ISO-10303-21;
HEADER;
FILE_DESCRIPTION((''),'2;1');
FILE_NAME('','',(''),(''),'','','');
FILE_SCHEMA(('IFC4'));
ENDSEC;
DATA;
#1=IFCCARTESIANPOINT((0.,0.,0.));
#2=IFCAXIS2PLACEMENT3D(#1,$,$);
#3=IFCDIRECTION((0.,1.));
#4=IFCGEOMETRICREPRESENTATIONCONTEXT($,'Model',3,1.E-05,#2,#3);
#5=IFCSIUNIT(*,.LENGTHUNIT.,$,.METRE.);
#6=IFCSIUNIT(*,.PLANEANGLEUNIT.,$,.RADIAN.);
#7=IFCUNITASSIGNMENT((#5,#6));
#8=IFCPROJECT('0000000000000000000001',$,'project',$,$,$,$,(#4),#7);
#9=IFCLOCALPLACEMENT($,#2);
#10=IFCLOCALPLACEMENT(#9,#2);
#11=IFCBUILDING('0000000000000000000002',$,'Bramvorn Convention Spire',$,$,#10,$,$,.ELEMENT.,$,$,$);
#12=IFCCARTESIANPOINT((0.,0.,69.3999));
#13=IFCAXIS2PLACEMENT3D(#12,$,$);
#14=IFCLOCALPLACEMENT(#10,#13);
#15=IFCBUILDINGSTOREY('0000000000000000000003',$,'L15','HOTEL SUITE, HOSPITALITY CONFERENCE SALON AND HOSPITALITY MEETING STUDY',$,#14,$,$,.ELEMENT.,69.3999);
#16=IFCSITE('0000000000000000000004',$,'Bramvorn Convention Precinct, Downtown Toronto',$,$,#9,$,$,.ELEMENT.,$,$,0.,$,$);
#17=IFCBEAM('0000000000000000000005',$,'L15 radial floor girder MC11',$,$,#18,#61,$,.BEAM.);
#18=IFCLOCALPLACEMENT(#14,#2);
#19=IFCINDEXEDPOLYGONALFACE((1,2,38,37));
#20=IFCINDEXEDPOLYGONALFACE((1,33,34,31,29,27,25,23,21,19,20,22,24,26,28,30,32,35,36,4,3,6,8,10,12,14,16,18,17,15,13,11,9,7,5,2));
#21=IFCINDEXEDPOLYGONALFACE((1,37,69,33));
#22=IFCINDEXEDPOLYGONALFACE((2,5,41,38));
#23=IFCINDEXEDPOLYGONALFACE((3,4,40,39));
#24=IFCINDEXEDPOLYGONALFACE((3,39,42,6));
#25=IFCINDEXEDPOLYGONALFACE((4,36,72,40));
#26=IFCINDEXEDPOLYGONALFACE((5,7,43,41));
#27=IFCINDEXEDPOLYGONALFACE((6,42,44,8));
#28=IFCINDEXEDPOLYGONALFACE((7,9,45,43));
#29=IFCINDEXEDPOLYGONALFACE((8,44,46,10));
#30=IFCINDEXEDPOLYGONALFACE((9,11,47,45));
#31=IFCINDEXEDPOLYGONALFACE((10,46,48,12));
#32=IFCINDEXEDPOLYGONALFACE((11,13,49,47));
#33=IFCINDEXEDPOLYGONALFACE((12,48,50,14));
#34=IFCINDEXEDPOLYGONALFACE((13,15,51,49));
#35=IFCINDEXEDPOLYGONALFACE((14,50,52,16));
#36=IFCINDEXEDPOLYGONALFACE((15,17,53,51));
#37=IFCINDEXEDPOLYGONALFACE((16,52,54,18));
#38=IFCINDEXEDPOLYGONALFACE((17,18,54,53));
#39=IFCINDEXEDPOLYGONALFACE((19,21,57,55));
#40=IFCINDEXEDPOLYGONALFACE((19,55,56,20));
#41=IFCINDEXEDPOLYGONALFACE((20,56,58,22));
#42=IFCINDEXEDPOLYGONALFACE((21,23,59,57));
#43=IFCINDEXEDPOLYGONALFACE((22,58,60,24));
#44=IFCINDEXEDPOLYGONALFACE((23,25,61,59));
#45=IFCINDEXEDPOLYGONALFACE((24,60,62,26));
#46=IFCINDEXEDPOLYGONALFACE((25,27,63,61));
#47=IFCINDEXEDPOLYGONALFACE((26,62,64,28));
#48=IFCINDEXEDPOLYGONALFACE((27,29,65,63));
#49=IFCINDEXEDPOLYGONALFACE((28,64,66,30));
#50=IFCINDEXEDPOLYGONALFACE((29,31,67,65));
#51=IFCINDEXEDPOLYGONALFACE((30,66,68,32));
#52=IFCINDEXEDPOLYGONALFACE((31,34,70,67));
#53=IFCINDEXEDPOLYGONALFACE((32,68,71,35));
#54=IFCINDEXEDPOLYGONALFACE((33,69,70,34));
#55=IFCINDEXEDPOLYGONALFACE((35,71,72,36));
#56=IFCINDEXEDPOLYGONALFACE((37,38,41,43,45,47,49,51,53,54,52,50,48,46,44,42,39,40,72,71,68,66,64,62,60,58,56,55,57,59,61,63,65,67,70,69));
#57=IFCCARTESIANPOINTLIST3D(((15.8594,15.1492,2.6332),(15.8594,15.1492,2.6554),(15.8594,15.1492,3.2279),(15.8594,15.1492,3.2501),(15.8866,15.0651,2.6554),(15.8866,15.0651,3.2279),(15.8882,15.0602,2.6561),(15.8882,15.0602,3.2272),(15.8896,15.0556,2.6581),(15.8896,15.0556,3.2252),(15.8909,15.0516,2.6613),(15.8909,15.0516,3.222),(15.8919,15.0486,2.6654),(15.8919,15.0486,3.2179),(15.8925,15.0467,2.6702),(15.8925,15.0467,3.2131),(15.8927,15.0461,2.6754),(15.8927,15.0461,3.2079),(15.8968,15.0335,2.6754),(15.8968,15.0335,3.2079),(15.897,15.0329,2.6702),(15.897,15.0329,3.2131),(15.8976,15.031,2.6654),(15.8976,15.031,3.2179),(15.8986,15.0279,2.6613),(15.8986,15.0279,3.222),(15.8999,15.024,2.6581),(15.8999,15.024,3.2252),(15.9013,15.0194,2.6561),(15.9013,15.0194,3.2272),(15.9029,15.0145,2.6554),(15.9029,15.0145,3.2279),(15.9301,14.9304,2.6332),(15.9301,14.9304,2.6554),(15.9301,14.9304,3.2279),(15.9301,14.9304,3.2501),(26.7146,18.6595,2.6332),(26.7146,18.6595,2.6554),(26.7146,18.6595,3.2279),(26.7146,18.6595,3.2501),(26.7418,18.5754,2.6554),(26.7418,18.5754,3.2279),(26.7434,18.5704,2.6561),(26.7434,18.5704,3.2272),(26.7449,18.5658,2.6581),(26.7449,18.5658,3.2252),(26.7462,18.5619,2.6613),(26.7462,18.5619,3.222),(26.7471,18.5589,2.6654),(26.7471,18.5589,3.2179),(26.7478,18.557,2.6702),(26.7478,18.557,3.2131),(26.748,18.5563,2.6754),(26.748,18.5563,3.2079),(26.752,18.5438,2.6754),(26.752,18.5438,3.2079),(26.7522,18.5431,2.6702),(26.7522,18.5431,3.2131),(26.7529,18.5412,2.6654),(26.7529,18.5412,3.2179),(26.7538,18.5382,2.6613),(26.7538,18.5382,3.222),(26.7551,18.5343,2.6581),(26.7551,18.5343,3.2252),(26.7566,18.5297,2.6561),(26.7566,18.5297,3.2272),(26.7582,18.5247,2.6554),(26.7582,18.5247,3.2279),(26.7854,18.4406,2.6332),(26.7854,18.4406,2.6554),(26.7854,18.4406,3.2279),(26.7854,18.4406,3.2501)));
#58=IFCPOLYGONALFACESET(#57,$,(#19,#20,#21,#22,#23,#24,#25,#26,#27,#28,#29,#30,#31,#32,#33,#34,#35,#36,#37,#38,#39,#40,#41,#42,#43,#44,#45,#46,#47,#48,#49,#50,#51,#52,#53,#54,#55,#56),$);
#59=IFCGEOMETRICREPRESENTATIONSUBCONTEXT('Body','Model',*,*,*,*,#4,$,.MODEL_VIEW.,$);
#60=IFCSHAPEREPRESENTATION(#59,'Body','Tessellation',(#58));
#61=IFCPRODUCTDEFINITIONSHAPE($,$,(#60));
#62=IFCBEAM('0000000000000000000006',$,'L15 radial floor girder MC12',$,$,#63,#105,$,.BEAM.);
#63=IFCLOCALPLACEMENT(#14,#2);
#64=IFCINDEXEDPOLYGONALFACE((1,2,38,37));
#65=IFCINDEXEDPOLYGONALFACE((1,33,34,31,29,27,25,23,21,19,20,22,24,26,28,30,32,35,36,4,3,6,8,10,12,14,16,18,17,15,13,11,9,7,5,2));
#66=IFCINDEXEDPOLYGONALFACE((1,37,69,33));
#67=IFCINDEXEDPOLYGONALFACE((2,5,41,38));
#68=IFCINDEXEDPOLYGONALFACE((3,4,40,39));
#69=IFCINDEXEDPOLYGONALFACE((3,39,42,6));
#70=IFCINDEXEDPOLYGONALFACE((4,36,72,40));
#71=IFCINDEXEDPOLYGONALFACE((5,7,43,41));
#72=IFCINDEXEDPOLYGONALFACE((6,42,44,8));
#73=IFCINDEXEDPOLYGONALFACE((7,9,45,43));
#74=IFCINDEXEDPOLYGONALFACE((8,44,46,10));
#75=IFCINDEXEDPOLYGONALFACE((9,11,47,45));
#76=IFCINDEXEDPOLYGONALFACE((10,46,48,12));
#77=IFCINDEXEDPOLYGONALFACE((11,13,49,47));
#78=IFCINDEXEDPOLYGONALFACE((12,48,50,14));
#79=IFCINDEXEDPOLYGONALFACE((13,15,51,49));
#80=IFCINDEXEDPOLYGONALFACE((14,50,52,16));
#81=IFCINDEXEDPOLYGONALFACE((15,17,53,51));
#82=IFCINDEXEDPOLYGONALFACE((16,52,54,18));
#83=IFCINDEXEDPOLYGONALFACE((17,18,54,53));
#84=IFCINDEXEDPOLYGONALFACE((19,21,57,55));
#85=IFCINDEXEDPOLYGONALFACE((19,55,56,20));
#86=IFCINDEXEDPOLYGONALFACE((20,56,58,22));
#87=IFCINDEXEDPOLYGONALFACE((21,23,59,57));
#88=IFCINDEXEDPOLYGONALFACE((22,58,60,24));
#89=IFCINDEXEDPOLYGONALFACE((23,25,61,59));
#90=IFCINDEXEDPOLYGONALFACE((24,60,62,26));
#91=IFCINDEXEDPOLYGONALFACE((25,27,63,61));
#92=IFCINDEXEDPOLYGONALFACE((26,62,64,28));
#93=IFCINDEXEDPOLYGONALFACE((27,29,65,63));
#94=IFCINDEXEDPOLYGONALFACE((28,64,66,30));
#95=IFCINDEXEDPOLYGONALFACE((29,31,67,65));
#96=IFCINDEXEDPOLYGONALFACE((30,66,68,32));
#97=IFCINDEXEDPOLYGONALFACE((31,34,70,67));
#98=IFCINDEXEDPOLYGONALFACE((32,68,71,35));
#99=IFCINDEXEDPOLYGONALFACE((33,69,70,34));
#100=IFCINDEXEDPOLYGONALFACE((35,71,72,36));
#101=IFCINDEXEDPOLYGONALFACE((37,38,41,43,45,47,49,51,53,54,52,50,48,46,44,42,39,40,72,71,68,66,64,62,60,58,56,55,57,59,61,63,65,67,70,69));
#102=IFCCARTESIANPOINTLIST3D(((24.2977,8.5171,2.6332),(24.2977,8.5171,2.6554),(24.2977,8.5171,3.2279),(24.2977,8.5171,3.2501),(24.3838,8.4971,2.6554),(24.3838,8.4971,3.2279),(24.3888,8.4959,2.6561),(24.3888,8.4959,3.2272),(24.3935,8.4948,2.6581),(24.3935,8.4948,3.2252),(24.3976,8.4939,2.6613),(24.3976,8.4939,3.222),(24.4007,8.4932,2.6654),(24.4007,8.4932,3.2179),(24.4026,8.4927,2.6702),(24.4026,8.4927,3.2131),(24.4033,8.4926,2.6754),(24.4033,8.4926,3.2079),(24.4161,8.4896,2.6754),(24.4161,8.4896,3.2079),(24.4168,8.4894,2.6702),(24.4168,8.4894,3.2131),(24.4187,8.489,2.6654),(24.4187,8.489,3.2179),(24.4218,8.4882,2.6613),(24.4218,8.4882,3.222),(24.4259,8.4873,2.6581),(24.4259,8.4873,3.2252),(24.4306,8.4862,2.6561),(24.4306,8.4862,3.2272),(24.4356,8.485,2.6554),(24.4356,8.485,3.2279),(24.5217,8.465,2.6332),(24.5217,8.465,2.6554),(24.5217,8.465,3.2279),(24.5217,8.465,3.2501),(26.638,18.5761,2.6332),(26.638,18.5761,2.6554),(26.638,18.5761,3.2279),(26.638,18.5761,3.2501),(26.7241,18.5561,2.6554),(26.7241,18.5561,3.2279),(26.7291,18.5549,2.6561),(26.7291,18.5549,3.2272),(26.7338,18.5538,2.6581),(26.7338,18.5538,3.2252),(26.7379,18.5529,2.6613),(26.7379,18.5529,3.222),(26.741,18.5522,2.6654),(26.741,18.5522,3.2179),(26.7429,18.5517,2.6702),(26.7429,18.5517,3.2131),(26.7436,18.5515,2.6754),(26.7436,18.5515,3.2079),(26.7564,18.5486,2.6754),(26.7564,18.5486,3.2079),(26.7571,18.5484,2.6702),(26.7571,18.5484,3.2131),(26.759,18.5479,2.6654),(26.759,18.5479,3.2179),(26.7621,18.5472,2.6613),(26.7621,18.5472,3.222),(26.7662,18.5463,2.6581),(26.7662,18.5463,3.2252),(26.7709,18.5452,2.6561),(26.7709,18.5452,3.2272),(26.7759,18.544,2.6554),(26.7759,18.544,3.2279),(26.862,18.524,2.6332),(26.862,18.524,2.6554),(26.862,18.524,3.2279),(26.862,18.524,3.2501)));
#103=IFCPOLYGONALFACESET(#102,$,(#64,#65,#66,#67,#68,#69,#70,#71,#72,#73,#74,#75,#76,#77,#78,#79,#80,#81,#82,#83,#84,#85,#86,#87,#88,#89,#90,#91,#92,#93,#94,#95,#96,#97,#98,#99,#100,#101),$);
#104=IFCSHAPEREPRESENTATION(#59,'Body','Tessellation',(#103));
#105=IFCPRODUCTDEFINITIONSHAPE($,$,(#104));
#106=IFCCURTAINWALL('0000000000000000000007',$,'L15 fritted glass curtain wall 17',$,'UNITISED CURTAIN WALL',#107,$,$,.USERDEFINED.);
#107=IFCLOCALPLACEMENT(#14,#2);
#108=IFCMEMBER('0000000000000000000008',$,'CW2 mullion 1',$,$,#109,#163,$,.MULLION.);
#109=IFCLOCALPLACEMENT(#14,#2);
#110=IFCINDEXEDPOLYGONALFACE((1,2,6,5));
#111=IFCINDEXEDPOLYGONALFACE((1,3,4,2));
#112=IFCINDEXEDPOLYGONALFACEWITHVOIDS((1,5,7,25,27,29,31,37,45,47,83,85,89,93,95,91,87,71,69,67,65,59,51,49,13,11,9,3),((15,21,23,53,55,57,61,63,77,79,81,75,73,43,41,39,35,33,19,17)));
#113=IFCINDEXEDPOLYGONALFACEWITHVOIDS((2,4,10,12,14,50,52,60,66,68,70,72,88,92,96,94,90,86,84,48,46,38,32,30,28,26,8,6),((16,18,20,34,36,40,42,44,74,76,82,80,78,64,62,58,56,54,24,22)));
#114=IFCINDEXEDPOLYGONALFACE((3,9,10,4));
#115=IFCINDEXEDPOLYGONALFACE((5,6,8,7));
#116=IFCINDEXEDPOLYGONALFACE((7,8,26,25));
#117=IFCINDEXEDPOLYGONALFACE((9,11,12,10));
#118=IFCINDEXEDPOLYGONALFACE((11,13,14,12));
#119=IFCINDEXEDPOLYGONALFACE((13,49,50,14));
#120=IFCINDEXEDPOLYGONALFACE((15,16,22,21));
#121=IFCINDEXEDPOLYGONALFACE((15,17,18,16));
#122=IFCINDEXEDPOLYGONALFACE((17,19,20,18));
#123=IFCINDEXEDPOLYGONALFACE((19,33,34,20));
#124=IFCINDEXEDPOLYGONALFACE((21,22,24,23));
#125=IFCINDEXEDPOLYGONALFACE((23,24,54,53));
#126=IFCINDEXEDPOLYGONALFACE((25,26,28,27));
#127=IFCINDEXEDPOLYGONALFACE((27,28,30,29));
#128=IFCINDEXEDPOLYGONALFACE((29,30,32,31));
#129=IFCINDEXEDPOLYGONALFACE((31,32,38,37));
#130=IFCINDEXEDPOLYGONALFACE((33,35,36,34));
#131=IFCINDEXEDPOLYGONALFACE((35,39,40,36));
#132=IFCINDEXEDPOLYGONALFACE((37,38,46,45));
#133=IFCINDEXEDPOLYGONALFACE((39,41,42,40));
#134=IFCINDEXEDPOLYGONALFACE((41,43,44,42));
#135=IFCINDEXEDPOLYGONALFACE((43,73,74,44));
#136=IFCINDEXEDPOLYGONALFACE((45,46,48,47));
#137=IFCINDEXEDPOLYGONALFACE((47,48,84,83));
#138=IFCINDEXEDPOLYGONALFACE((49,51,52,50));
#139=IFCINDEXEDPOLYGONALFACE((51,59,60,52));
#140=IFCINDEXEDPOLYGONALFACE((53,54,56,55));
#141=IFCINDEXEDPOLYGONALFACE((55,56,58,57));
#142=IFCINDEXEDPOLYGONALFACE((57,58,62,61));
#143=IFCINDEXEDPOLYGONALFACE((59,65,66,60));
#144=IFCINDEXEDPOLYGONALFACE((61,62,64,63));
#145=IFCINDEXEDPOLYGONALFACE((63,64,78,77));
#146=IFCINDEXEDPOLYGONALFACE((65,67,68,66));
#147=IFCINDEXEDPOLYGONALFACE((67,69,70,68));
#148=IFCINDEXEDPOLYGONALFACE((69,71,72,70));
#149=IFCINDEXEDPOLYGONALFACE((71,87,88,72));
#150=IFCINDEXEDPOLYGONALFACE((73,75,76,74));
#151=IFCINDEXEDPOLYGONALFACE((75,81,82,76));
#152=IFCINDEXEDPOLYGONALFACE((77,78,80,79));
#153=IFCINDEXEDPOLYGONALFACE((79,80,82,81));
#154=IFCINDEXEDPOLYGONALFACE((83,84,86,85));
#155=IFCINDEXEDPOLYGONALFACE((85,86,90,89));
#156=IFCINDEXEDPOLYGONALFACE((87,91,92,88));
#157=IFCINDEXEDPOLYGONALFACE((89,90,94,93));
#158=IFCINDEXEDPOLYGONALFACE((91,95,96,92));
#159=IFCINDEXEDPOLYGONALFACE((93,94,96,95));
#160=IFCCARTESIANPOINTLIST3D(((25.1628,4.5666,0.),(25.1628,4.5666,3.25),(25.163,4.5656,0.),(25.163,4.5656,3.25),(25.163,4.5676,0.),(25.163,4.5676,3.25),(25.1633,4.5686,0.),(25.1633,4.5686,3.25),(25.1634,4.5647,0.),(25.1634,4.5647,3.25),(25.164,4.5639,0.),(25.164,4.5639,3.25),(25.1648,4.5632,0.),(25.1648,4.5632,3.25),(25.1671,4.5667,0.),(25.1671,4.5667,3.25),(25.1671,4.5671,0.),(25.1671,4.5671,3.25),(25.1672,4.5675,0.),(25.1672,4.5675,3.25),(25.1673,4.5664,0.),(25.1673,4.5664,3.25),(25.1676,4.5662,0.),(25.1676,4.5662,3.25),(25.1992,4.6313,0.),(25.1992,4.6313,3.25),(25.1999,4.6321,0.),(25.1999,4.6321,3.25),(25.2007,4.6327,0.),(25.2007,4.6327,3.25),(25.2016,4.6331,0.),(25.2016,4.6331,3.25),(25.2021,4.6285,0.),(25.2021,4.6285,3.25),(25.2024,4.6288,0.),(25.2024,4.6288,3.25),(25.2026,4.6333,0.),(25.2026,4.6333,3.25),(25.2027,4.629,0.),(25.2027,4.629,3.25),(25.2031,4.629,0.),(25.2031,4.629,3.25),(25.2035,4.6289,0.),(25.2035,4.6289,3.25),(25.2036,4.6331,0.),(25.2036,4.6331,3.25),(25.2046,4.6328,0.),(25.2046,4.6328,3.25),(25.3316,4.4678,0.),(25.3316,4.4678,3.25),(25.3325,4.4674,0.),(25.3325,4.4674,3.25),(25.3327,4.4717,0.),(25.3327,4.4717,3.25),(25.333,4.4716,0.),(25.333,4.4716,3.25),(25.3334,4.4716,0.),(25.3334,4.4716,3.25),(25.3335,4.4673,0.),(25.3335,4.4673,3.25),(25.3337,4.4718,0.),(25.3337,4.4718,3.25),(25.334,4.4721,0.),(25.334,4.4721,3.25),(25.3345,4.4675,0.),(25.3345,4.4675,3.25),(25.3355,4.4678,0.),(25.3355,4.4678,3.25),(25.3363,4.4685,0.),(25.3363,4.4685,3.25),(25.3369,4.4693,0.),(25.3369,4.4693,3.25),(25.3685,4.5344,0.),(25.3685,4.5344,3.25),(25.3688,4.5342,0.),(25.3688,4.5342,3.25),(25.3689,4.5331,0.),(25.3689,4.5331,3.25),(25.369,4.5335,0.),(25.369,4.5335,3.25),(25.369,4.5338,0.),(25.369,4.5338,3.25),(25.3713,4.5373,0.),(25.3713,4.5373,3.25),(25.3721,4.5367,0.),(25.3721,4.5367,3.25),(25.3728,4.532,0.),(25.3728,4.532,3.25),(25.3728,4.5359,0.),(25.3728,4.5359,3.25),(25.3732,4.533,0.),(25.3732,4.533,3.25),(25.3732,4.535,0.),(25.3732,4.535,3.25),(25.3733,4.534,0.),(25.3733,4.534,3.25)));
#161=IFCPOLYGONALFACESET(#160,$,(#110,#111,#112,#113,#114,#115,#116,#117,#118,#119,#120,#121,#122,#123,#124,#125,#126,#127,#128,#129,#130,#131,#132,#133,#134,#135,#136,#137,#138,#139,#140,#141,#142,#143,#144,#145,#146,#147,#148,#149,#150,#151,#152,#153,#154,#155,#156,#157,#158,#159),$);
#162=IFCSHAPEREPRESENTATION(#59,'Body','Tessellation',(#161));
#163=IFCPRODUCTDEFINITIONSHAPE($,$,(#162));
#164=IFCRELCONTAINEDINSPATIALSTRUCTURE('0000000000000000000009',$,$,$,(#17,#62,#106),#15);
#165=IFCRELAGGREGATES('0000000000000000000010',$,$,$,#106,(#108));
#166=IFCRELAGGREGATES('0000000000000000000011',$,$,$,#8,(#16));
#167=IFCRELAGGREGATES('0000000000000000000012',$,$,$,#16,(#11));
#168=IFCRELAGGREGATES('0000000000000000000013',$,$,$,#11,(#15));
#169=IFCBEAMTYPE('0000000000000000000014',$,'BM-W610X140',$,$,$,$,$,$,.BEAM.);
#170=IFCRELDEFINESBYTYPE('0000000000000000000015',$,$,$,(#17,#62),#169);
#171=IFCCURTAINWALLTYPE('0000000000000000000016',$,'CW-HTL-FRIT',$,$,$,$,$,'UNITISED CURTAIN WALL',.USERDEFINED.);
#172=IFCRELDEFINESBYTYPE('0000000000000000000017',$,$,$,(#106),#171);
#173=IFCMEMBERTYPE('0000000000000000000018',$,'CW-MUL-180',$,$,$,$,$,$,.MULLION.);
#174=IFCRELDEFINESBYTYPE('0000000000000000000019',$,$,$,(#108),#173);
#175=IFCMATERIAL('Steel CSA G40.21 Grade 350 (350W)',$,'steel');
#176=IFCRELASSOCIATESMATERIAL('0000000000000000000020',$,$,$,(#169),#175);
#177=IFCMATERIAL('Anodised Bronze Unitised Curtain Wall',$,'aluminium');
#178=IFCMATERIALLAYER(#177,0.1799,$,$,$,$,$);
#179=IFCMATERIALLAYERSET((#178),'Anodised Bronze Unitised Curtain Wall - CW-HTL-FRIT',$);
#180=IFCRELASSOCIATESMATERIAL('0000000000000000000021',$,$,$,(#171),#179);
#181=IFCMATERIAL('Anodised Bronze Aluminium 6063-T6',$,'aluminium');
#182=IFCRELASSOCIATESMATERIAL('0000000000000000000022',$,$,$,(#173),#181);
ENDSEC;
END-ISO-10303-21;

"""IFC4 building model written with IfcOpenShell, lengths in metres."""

from ifc_helpers import new_model, si_unit, direction, frame, origin, origin_2d, place, context, subcontext, project, spatial, hollow_rectangle, i_section, extrude, material, layer, layer_set, material_profile, profile_set, type_object, element, aggregate, save


model = new_model("IFC4")

# Units and contexts
model_context = context("Model", 3, precision=1e-05, world=origin(), true_north=direction((0.0, 1.0)))
body_context = subcontext(model_context, "Body", "Model", "MODEL_VIEW")
ifc_project = project(units=[si_unit("LENGTHUNIT", "METRE"), si_unit("PLANEANGLEUNIT", "RADIAN")], contexts=[model_context])

# Site, building, storey
site_placement = place(None, origin())
site = spatial("IfcSite", under=ifc_project, at=site_placement, Name="Bramvorn Convention Precinct, Downtown Toronto", CompositionType="ELEMENT", RefElevation=0.0)
building_placement = place(site_placement, origin())
building = spatial("IfcBuilding", under=site, at=building_placement, Name="Bramvorn Convention Spire", CompositionType="ELEMENT")
storey_placement = place(building_placement, frame((0.0, 0.0, 69.3999)))
storey = spatial("IfcBuildingStorey", under=building, at=storey_placement, Name="L15", Description="HOTEL SUITE, HOSPITALITY CONFERENCE SALON AND HOSPITALITY MEETING STUDY", CompositionType="ELEMENT", Elevation=69.3999)

# Beams
ifc_material_1 = material(Name="Steel CSA G40.21 Grade 350 (350W)", Category="steel")
ifc_material_profile_1 = material_profile(ifc_material_1, i_section(OverallWidth=0.23, OverallDepth=0.6169, WebThickness=0.0132, FlangeThickness=0.0222, FilletRadius=0.02, at=origin_2d()))
ifc_profile_set_1 = profile_set([ifc_material_profile_1], Name="Steel CSA G40.21 Grade 350 (350W) - W610X140")
beam_type_1 = type_object("IfcBeamType", Name="BM-W610X140", PredefinedType="BEAM", material=ifc_profile_set_1)
beam_1_placement = place(storey_placement, frame((26.75, 18.55, 2.9417), z_axis=(-0.951489, -0.307683, 0.0), x_axis=(0.307683, -0.951489, 0.0)))
element("IfcBeam", 1, at=beam_1_placement, inside=storey, type_object=beam_type_1, Name="L15 radial floor girder MC11", PredefinedType="BEAM", context=body_context, shape_type="SweptSolid", body=[
    extrude(i_section(OverallWidth=0.23, OverallDepth=0.6169, WebThickness=0.0132, FlangeThickness=0.0222, FilletRadius=0.02, at=origin_2d()), origin(), (0.0, 0.0, 1.0), 11.4087),
])
beam_2_placement = place(storey_placement, frame((26.75, 18.55, 2.9417), z_axis=(-0.226606, -0.973986, 0.0), x_axis=(0.973986, -0.226606, 0.0)))
element("IfcBeam", 2, at=beam_2_placement, inside=storey, type_object=beam_type_1, Name="L15 radial floor girder MC12", PredefinedType="BEAM", context=body_context, shape_type="SweptSolid", body=[
    extrude(i_section(OverallWidth=0.23, OverallDepth=0.6169, WebThickness=0.0132, FlangeThickness=0.0222, FilletRadius=0.02, at=origin_2d()), origin(), (0.0, 0.0, 1.0), 10.3276),
])

# Curtain wall, member
ifc_material_2 = material(Name="Anodised Bronze Unitised Curtain Wall", Category="aluminium")
ifc_layer_1 = layer(ifc_material_2, 0.1799)
ifc_layer_set_1 = layer_set([ifc_layer_1], Name="Anodised Bronze Unitised Curtain Wall - CW-HTL-FRIT")
curtain_wall_type = type_object("IfcCurtainWallType", Name="CW-HTL-FRIT", ElementType="UNITISED CURTAIN WALL", PredefinedType="USERDEFINED", material=ifc_layer_set_1)
curtain_wall_1_placement = place(storey_placement, origin())
curtain_wall_1 = element("IfcCurtainWall", 3, at=curtain_wall_1_placement, inside=storey, type_object=curtain_wall_type, Name="L15 fritted glass curtain wall 17", ObjectType="UNITISED CURTAIN WALL", PredefinedType="USERDEFINED")
ifc_material_3 = material(Name="Anodised Bronze Aluminium 6063-T6", Category="aluminium")
ifc_material_profile_2 = material_profile(ifc_material_3, hollow_rectangle(XDim=0.0801, YDim=0.2, WallThickness=0.0039, InnerFilletRadius=0.001, OuterFilletRadius=0.0039, at=origin_2d()))
ifc_profile_set_2 = profile_set([ifc_material_profile_2], Name="Anodised Bronze Aluminium 6063-T6 - CWM80X200")
member_type_1 = type_object("IfcMemberType", Name="CW-MUL-180", PredefinedType="MULLION", material=ifc_profile_set_2)
member_1_placement = place(storey_placement, frame((25.2681, 4.5503, 0.0), z_axis=(0.0, 0.0, 1.0), x_axis=(-0.496598, -0.867981, 0.0)))
member_1 = element("IfcMember", 4, at=member_1_placement, type_object=member_type_1, Name="CW2 mullion 1", PredefinedType="MULLION", context=body_context, shape_type="SweptSolid", body=[
    extrude(hollow_rectangle(XDim=0.0801, YDim=0.2, WallThickness=0.0039, InnerFilletRadius=0.001, OuterFilletRadius=0.0039, at=origin_2d()), origin(), (0.0, 0.0, 1.0), 3.25),
])

aggregate(curtain_wall_1, [member_1])

save(model, "model.ifc")
